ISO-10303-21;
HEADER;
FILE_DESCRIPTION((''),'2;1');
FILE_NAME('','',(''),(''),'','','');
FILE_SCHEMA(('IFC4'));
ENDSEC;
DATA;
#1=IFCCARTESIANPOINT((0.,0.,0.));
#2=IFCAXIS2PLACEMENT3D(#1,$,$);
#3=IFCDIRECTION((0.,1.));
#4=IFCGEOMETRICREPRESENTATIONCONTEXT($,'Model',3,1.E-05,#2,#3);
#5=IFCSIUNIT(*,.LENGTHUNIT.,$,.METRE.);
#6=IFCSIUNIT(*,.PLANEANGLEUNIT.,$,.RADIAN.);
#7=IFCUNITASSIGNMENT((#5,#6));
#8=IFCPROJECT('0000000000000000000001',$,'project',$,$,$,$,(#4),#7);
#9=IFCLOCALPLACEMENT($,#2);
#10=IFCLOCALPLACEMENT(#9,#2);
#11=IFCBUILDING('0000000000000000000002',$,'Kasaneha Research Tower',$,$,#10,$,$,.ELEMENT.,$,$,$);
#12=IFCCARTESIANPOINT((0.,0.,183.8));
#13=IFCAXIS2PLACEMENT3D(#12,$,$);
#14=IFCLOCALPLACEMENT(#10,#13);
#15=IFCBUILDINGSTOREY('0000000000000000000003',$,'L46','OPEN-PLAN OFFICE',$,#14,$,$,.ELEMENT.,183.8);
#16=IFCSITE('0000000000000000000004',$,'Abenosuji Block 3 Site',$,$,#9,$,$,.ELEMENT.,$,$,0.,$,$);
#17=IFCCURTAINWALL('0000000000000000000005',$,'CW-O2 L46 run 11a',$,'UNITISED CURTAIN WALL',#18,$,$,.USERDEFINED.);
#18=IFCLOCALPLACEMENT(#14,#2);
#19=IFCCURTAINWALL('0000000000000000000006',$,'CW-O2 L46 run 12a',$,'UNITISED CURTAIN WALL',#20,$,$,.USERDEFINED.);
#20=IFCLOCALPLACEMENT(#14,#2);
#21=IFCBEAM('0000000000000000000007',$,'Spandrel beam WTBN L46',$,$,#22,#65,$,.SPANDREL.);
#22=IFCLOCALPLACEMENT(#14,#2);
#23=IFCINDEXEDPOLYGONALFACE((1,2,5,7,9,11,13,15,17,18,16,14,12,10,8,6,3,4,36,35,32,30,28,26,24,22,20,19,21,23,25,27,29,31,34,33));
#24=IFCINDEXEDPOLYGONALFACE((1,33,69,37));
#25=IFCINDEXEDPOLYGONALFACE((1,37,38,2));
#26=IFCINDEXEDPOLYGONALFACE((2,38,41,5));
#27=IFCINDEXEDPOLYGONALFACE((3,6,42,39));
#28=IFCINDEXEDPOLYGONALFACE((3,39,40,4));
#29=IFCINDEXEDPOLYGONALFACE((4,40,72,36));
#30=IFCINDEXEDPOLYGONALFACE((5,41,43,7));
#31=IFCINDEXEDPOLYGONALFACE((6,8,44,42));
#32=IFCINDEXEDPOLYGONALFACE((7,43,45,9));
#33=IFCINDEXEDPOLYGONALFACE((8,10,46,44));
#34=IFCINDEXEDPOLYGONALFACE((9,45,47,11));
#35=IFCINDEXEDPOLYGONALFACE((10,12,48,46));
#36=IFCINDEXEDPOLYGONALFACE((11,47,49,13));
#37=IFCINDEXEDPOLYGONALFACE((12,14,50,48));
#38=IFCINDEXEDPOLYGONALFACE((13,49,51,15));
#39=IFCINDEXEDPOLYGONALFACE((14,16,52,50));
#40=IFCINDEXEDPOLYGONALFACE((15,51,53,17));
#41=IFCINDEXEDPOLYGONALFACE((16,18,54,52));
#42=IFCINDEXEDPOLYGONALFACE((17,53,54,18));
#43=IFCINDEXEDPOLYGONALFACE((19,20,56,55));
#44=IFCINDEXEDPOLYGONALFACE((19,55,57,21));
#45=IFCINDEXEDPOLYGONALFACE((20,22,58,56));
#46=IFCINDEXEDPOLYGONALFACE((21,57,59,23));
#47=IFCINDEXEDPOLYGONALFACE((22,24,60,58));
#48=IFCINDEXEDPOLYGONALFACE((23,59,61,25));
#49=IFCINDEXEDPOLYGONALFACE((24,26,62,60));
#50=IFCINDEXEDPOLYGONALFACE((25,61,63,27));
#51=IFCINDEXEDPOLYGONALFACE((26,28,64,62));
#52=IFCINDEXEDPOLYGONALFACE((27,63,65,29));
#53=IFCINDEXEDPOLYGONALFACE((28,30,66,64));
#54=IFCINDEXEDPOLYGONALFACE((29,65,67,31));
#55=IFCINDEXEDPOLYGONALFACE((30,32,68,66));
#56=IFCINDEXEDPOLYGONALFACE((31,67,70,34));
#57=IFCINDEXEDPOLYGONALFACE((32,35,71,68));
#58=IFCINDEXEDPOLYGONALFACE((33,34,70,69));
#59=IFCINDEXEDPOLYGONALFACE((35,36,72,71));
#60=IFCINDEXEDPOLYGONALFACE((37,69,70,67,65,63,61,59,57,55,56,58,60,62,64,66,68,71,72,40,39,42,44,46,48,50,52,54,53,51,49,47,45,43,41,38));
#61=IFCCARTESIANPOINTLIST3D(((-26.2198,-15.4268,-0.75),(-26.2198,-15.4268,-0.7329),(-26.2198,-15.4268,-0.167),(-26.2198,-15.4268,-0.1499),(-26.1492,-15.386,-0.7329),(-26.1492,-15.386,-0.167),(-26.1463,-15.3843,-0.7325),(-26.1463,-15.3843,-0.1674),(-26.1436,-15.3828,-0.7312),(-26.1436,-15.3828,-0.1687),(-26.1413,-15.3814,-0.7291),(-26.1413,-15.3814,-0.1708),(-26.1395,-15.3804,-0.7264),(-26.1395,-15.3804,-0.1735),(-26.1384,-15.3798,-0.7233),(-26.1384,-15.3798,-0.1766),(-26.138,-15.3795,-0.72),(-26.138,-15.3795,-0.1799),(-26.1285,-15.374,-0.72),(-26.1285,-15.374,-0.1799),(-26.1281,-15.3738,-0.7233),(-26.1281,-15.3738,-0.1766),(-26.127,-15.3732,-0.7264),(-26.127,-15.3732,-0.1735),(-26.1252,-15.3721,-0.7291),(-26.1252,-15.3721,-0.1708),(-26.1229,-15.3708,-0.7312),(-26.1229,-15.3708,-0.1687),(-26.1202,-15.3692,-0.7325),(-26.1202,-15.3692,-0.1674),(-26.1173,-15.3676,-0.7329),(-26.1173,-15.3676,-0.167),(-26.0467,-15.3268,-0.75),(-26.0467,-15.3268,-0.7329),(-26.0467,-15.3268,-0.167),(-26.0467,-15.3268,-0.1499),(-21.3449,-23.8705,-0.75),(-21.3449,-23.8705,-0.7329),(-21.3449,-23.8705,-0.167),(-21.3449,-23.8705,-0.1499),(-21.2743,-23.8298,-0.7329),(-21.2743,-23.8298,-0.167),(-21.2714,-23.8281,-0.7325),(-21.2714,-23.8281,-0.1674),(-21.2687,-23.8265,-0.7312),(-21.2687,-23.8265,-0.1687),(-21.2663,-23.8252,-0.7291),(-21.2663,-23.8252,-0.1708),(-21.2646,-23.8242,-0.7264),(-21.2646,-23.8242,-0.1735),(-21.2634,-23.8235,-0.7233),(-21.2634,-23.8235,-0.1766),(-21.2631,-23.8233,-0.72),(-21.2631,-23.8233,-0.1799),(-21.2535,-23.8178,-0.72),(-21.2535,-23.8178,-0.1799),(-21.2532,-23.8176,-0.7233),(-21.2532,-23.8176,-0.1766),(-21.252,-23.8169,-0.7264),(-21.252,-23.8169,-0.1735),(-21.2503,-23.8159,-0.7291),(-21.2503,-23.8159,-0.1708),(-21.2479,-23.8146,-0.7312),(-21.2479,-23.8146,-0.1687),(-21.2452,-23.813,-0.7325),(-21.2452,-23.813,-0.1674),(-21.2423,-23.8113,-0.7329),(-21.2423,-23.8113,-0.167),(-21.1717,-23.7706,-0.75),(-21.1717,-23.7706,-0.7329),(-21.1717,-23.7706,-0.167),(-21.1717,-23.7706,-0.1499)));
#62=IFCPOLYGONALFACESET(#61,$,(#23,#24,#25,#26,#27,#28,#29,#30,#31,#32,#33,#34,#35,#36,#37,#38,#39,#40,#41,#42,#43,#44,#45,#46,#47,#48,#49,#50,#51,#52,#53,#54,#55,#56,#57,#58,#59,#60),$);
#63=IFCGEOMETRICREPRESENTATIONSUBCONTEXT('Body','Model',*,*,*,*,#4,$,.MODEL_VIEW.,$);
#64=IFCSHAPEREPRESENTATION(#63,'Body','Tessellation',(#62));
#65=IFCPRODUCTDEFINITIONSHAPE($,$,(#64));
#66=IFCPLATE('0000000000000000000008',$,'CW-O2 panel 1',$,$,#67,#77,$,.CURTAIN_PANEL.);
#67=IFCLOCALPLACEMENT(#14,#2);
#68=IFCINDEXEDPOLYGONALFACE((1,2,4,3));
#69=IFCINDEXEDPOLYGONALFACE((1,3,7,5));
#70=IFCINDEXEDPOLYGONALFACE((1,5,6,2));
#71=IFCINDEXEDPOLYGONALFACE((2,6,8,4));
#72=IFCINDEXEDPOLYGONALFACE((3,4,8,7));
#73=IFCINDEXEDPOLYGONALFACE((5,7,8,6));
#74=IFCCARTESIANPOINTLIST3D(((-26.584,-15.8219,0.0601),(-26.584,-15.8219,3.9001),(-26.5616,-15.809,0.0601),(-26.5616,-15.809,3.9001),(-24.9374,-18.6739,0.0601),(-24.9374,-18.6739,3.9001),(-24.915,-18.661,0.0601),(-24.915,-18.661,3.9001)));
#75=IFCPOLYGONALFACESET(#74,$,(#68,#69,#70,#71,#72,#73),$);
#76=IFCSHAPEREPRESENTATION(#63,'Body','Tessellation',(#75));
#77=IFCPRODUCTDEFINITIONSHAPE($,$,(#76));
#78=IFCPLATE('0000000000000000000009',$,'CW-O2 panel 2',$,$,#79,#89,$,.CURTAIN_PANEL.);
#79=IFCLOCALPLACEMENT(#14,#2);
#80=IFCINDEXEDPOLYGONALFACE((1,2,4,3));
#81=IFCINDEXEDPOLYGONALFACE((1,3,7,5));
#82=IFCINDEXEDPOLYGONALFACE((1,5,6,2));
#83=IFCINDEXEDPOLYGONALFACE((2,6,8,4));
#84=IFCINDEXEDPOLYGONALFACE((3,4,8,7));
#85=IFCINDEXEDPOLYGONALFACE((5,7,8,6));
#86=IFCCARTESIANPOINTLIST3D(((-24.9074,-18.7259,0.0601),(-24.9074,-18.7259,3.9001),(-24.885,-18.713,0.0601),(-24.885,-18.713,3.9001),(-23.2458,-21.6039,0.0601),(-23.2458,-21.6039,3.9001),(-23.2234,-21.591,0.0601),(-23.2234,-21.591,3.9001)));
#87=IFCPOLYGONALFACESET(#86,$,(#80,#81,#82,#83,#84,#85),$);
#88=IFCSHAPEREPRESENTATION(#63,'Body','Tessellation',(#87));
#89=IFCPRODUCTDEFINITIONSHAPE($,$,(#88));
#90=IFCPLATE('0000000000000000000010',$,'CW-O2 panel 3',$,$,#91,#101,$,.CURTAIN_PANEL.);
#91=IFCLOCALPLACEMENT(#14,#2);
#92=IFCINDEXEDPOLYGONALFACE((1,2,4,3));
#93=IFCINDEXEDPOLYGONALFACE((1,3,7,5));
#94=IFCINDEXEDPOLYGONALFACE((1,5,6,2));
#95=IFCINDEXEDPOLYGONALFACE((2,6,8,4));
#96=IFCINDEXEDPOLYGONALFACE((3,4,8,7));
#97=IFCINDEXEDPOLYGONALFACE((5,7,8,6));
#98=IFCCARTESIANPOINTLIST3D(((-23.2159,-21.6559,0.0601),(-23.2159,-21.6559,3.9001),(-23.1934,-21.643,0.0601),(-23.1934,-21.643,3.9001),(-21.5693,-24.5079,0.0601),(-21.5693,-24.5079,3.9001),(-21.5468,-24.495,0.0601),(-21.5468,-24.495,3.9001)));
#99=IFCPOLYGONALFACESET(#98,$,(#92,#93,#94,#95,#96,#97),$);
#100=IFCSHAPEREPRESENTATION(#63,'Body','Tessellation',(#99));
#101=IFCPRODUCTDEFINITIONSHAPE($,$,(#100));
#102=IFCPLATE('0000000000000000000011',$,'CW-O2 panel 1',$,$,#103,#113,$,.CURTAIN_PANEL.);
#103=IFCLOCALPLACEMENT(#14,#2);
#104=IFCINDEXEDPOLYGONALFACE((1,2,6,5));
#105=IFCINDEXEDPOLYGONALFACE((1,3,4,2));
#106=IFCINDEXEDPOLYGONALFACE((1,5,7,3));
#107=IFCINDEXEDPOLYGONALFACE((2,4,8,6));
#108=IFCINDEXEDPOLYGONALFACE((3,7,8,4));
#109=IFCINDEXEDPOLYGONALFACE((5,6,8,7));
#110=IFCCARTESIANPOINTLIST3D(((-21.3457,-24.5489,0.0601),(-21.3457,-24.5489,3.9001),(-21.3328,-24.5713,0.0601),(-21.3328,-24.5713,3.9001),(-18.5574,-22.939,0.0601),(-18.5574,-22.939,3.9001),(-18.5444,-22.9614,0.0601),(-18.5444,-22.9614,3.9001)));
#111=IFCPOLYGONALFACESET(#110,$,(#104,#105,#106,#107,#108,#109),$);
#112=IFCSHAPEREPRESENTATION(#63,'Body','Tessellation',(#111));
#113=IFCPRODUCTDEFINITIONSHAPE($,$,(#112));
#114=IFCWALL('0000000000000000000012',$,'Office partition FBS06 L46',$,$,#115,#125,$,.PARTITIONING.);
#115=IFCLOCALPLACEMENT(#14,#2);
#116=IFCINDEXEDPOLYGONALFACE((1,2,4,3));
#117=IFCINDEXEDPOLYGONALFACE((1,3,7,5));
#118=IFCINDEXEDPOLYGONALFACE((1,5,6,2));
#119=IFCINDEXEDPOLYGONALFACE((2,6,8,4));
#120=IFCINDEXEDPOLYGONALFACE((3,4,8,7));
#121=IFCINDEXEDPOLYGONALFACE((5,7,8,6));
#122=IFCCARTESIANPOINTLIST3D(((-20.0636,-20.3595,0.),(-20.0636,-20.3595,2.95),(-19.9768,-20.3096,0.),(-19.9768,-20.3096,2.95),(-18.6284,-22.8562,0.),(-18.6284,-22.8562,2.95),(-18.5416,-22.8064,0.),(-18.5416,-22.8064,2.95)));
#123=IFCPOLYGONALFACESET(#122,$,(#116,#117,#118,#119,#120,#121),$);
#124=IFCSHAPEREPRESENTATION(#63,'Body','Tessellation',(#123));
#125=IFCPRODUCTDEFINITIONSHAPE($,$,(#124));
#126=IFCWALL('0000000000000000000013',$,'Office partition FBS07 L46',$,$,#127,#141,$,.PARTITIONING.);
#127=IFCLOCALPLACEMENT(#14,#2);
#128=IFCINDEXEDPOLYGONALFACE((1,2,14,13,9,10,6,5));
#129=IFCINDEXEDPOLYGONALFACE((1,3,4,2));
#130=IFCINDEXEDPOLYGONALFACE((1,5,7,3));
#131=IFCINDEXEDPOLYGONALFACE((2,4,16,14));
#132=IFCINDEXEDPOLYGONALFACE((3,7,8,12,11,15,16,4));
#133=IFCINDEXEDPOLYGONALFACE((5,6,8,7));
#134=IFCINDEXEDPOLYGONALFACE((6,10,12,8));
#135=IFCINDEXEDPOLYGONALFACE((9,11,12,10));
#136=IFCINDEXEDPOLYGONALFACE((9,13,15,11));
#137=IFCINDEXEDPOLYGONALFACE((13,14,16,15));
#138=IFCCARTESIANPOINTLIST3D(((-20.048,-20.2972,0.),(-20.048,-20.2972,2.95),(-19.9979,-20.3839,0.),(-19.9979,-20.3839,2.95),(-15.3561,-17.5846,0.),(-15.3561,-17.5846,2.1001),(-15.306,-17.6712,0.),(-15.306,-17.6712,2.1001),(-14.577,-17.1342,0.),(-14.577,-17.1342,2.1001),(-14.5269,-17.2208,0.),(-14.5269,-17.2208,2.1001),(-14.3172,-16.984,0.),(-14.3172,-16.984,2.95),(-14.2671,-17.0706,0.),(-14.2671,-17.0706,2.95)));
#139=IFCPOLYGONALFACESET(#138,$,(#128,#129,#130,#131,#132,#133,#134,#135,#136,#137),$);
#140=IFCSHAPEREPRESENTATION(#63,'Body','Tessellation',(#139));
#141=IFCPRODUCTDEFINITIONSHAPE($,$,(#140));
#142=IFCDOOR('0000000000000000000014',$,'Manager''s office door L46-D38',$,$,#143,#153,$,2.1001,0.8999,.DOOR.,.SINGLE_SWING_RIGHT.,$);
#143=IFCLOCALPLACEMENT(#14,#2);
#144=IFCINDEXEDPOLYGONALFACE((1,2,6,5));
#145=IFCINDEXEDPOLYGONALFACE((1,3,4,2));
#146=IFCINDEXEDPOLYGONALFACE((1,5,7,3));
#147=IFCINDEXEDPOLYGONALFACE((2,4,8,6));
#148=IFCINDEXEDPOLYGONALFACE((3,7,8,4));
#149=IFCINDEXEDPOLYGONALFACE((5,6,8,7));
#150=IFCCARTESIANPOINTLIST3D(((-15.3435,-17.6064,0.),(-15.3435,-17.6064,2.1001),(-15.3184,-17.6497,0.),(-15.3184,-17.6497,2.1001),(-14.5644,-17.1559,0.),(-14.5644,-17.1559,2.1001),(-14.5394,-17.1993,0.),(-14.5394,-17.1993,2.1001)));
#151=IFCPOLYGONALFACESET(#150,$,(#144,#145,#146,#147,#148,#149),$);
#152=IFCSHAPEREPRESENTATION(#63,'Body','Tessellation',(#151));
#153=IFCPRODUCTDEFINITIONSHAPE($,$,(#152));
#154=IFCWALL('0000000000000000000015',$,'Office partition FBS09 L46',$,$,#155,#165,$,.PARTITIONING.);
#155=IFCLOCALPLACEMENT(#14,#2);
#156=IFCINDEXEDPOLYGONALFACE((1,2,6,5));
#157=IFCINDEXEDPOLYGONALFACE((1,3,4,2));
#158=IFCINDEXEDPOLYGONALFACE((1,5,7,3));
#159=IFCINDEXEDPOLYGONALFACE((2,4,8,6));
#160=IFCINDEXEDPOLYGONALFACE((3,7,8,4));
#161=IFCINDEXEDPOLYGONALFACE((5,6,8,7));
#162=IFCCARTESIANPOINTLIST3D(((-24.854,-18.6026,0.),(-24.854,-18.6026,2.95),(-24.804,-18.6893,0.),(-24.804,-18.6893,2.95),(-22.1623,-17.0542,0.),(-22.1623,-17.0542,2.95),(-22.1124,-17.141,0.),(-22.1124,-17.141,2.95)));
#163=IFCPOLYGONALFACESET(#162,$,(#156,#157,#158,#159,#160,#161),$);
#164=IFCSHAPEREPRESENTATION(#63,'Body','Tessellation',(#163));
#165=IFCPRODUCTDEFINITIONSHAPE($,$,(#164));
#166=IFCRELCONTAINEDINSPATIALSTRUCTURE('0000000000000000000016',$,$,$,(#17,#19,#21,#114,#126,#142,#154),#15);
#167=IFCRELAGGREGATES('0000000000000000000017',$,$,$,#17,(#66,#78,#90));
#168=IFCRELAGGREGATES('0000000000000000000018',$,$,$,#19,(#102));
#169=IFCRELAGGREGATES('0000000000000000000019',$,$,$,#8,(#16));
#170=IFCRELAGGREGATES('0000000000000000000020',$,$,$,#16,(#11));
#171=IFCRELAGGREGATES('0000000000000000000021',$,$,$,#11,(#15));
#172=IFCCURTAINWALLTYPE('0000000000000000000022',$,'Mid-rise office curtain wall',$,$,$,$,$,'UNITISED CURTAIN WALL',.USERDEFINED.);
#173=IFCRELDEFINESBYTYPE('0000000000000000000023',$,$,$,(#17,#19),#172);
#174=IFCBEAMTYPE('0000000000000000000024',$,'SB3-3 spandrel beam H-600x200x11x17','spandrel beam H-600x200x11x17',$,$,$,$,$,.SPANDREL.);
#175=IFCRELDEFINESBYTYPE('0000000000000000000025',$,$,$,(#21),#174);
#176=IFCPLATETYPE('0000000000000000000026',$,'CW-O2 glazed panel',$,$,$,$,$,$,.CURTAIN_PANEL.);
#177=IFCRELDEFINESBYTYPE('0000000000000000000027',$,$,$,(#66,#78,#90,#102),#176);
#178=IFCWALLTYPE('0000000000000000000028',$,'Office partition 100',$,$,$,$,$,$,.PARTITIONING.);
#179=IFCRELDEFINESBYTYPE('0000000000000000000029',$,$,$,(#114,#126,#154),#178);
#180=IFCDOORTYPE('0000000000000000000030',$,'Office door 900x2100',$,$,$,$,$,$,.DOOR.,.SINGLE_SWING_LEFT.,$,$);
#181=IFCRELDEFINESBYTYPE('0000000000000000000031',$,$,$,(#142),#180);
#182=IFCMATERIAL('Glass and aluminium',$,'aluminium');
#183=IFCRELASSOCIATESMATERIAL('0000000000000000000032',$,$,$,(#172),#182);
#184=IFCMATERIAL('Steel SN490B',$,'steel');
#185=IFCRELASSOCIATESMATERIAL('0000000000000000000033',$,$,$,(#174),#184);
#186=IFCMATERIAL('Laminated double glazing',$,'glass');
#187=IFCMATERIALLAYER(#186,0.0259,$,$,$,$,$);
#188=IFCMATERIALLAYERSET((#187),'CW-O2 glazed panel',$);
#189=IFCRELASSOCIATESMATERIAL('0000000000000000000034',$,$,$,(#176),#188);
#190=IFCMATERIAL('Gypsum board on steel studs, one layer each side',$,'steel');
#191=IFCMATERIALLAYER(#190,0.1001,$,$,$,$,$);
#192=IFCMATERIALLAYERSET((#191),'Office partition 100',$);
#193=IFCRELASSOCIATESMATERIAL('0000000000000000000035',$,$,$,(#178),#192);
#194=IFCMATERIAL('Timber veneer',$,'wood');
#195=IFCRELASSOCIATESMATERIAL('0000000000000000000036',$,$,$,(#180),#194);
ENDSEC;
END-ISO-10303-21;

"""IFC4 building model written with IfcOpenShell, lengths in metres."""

from ifc_helpers import new_model, si_unit, direction, frame, frame_2d, origin, origin_2d, place, context, subcontext, project, spatial, rectangle, i_section, extrude, material, layer, layer_set, material_profile, profile_set, type_object, element, fill, aggregate, save


model = new_model("IFC4")

# Units and contexts
model_context = context("Model", 3, precision=1e-05, world=origin(), true_north=direction((0.0, 1.0)))
body_context = subcontext(model_context, "Body", "Model", "MODEL_VIEW")
ifc_project = project(units=[si_unit("LENGTHUNIT", "METRE"), si_unit("PLANEANGLEUNIT", "RADIAN")], contexts=[model_context])

# Site, building, storey
site_placement = place(None, origin())
site = spatial("IfcSite", under=ifc_project, at=site_placement, Name="Abenosuji Block 3 Site", CompositionType="ELEMENT", RefElevation=0.0)
building_placement = place(site_placement, origin())
building = spatial("IfcBuilding", under=site, at=building_placement, Name="Kasaneha Research Tower", CompositionType="ELEMENT")
storey_placement = place(building_placement, frame((0.0, 0.0, 183.8)))
storey = spatial("IfcBuildingStorey", under=building, at=storey_placement, Name="L46", Description="OPEN-PLAN OFFICE", CompositionType="ELEMENT", Elevation=183.8)

# Shared definitions
ifc_material_1 = material(Name="Glass and aluminium", Category="aluminium")
curtain_wall_type = type_object("IfcCurtainWallType", Name="Mid-rise office curtain wall", ElementType="UNITISED CURTAIN WALL", PredefinedType="USERDEFINED", material=ifc_material_1)

# Curtain walls
curtain_wall_1_placement = place(storey_placement, origin())
curtain_wall_1 = element("IfcCurtainWall", 1, at=curtain_wall_1_placement, inside=storey, type_object=curtain_wall_type, Name="CW-O2 L46 run 11a", ObjectType="UNITISED CURTAIN WALL", PredefinedType="USERDEFINED")
curtain_wall_2_placement = place(storey_placement, origin())
curtain_wall_2 = element("IfcCurtainWall", 2, at=curtain_wall_2_placement, inside=storey, type_object=curtain_wall_type, Name="CW-O2 L46 run 12a", ObjectType="UNITISED CURTAIN WALL", PredefinedType="USERDEFINED")

# Beam
ifc_material_2 = material(Name="Steel SN490B", Category="steel")
ifc_material_profile_1 = material_profile(ifc_material_2, i_section(OverallWidth=0.2, OverallDepth=0.6001, WebThickness=0.011, FlangeThickness=0.0171, FilletRadius=0.0129, at=origin_2d()), Name="H-600x200x11x17")
ifc_profile_set_1 = profile_set([ifc_material_profile_1], Name="Steel SN490B")
beam_type = type_object("IfcBeamType", Name="SB3-3 spandrel beam H-600x200x11x17", Description="spandrel beam H-600x200x11x17", PredefinedType="SPANDREL", material=ifc_profile_set_1)
beam_placement = place(storey_placement, frame((-21.2583, -23.8206, -0.45), z_axis=(-0.499996, 0.866028, 0.0), x_axis=(-0.866028, -0.499996, 0.0)))
element("IfcBeam", 3, at=beam_placement, inside=storey, type_object=beam_type, Name="Spandrel beam WTBN L46", PredefinedType="SPANDREL", context=body_context, shape_type="SweptSolid", body=[
    extrude(i_section(OverallWidth=0.2, OverallDepth=0.6001, WebThickness=0.011, FlangeThickness=0.0171, FilletRadius=0.0129, at=origin_2d()), origin(), (0.0, 0.0, 1.0), 9.75),
])

# Plates
ifc_material_3 = material(Name="Laminated double glazing", Category="glass")
ifc_layer_1 = layer(ifc_material_3, 0.0259)
ifc_layer_set_1 = layer_set([ifc_layer_1], Name="CW-O2 glazed panel")
plate_type = type_object("IfcPlateType", Name="CW-O2 glazed panel", PredefinedType="CURTAIN_PANEL", material=ifc_layer_set_1)
plate_1_placement = place(storey_placement, frame((-25.7495, -17.2415, 0.0601), z_axis=(0.0, 0.0, 1.0), x_axis=(0.5, -0.866025, 0.0)))
plate_1 = element("IfcPlate", 4, at=plate_1_placement, type_object=plate_type, Name="CW-O2 panel 1", PredefinedType="CURTAIN_PANEL", context=body_context, shape_type="SweptSolid", body=[
    extrude(rectangle(XDim=3.2932, YDim=0.0259, at=origin_2d()), origin(), (0.0, 0.0, 1.0), 3.8401),
])
plate_2_placement = place(storey_placement, frame((-24.0654, -20.1584, 0.0601), z_axis=(0.0, 0.0, 1.0), x_axis=(0.5, -0.866025, 0.0)))
plate_2 = element("IfcPlate", 5, at=plate_2_placement, type_object=plate_type, Name="CW-O2 panel 2", PredefinedType="CURTAIN_PANEL", context=body_context, shape_type="SweptSolid", body=[
    extrude(rectangle(XDim=3.3232, YDim=0.0259, at=origin_2d()), origin(), (0.0, 0.0, 1.0), 3.8401),
])
plate_3_placement = place(storey_placement, frame((-22.3813, -23.0754, 0.0601), z_axis=(0.0, 0.0, 1.0), x_axis=(0.5, -0.866025, 0.0)))
plate_3 = element("IfcPlate", 6, at=plate_3_placement, type_object=plate_type, Name="CW-O2 panel 3", PredefinedType="CURTAIN_PANEL", context=body_context, shape_type="SweptSolid", body=[
    extrude(rectangle(XDim=3.2932, YDim=0.0259, at=origin_2d()), origin(), (0.0, 0.0, 1.0), 3.8401),
])
aggregate(curtain_wall_1, [plate_1, plate_2, plate_3])
plate_4_placement = place(storey_placement, frame((-19.9451, -23.7551, 0.0601), z_axis=(0.0, 0.0, 1.0), x_axis=(0.866025, 0.5, 0.0)))
plate_4 = element("IfcPlate", 7, at=plate_4_placement, type_object=plate_type, Name="CW-O2 panel 1", PredefinedType="CURTAIN_PANEL", context=body_context, shape_type="SweptSolid", body=[
    extrude(rectangle(XDim=3.2197, YDim=0.0259, at=origin_2d()), origin(), (0.0, 0.0, 1.0), 3.8401),
])
aggregate(curtain_wall_2, [plate_4])

# Wall
ifc_material_4 = material(Name="Gypsum board on steel studs, one layer each side", Category="steel")
ifc_layer_2 = layer(ifc_material_4, 0.1001)
ifc_layer_set_2 = layer_set([ifc_layer_2], Name="Office partition 100")
wall_type = type_object("IfcWallType", Name="Office partition 100", PredefinedType="PARTITIONING", material=ifc_layer_set_2)
wall_1_placement = place(storey_placement, frame((-18.585, -22.8313, 0.0), z_axis=(0.0, 0.0, 1.0), x_axis=(-0.498374, 0.866962, 0.0)))
element("IfcWall", 8, at=wall_1_placement, inside=storey, type_object=wall_type, Name="Office partition FBS06 L46", PredefinedType="PARTITIONING", context=body_context, shape_type="SweptSolid", body=[
    extrude(rectangle(XDim=2.8799, YDim=0.1001, at=frame_2d((1.4399, 0.0))), origin(), (0.0, 0.0, 1.0), 2.95),
])

# Wall, opening, door
wall_2_placement = place(storey_placement, frame((-20.0229, -20.3406, 0.0), z_axis=(0.0, 0.0, 1.0), x_axis=(0.865724, 0.500522, 0.0)))
wall_2 = element("IfcWall", 9, at=wall_2_placement, inside=storey, type_object=wall_type, Name="Office partition FBS07 L46", PredefinedType="PARTITIONING", context=body_context, shape_type="SweptSolid", body=[
    extrude(rectangle(XDim=6.6196, YDim=0.1001, at=frame_2d((3.3098, 0.0))), origin(), (0.0, 0.0, 1.0), 2.95),
])
opening_1_placement = place(wall_2_placement, frame((5.4197, 0.0, 0.0)))
opening_1 = element("IfcOpeningElement", 10, at=opening_1_placement, cuts=wall_2, PredefinedType="OPENING", context=body_context, shape_type="SweptSolid", body=[
    extrude(rectangle(XDim=0.8999, YDim=2.1001, at=frame_2d((0.45, 1.05))), frame((0.0, 0.0601, 0.0), z_axis=(0.0, -1.0, 0.0), x_axis=(1.0, 0.0, 0.0)), (0.0, 0.0, 1.0), 0.1201),
])
ifc_material_5 = material(Name="Timber veneer", Category="wood")
door_type = type_object("IfcDoorType", Name="Office door 900x2100", OperationType="SINGLE_SWING_LEFT", PredefinedType="DOOR", material=ifc_material_5)
door_1_placement = place(opening_1_placement, origin())
door_1 = element("IfcDoor", 11, at=door_1_placement, inside=storey, type_object=door_type, Name="Manager's office door L46-D38", OperationType="SINGLE_SWING_RIGHT", OverallHeight=2.1001, OverallWidth=0.8999, PredefinedType="DOOR", context=body_context, shape_type="SweptSolid", body=[
    extrude(rectangle(XDim=0.8999, YDim=2.1001, at=frame_2d((0.45, 1.05))), frame((0.0, 0.0249, 0.0), z_axis=(0.0, -1.0, 0.0), x_axis=(1.0, 0.0, 0.0)), (0.0, 0.0, 1.0), 0.05),
])
fill(opening_1, door_1)

# Wall
wall_3_placement = place(storey_placement, frame((-24.8291, -18.646, 0.0), z_axis=(0.0, 0.0, 1.0), x_axis=(0.866817, 0.498626, 0.0)))
element("IfcWall", 12, at=wall_3_placement, inside=storey, type_object=wall_type, Name="Office partition FBS09 L46", PredefinedType="PARTITIONING", context=body_context, shape_type="SweptSolid", body=[
    extrude(rectangle(XDim=3.1052, YDim=0.1001, at=frame_2d((1.5527, 0.0))), origin(), (0.0, 0.0, 1.0), 2.95),
])

save(model, "model.ifc")
